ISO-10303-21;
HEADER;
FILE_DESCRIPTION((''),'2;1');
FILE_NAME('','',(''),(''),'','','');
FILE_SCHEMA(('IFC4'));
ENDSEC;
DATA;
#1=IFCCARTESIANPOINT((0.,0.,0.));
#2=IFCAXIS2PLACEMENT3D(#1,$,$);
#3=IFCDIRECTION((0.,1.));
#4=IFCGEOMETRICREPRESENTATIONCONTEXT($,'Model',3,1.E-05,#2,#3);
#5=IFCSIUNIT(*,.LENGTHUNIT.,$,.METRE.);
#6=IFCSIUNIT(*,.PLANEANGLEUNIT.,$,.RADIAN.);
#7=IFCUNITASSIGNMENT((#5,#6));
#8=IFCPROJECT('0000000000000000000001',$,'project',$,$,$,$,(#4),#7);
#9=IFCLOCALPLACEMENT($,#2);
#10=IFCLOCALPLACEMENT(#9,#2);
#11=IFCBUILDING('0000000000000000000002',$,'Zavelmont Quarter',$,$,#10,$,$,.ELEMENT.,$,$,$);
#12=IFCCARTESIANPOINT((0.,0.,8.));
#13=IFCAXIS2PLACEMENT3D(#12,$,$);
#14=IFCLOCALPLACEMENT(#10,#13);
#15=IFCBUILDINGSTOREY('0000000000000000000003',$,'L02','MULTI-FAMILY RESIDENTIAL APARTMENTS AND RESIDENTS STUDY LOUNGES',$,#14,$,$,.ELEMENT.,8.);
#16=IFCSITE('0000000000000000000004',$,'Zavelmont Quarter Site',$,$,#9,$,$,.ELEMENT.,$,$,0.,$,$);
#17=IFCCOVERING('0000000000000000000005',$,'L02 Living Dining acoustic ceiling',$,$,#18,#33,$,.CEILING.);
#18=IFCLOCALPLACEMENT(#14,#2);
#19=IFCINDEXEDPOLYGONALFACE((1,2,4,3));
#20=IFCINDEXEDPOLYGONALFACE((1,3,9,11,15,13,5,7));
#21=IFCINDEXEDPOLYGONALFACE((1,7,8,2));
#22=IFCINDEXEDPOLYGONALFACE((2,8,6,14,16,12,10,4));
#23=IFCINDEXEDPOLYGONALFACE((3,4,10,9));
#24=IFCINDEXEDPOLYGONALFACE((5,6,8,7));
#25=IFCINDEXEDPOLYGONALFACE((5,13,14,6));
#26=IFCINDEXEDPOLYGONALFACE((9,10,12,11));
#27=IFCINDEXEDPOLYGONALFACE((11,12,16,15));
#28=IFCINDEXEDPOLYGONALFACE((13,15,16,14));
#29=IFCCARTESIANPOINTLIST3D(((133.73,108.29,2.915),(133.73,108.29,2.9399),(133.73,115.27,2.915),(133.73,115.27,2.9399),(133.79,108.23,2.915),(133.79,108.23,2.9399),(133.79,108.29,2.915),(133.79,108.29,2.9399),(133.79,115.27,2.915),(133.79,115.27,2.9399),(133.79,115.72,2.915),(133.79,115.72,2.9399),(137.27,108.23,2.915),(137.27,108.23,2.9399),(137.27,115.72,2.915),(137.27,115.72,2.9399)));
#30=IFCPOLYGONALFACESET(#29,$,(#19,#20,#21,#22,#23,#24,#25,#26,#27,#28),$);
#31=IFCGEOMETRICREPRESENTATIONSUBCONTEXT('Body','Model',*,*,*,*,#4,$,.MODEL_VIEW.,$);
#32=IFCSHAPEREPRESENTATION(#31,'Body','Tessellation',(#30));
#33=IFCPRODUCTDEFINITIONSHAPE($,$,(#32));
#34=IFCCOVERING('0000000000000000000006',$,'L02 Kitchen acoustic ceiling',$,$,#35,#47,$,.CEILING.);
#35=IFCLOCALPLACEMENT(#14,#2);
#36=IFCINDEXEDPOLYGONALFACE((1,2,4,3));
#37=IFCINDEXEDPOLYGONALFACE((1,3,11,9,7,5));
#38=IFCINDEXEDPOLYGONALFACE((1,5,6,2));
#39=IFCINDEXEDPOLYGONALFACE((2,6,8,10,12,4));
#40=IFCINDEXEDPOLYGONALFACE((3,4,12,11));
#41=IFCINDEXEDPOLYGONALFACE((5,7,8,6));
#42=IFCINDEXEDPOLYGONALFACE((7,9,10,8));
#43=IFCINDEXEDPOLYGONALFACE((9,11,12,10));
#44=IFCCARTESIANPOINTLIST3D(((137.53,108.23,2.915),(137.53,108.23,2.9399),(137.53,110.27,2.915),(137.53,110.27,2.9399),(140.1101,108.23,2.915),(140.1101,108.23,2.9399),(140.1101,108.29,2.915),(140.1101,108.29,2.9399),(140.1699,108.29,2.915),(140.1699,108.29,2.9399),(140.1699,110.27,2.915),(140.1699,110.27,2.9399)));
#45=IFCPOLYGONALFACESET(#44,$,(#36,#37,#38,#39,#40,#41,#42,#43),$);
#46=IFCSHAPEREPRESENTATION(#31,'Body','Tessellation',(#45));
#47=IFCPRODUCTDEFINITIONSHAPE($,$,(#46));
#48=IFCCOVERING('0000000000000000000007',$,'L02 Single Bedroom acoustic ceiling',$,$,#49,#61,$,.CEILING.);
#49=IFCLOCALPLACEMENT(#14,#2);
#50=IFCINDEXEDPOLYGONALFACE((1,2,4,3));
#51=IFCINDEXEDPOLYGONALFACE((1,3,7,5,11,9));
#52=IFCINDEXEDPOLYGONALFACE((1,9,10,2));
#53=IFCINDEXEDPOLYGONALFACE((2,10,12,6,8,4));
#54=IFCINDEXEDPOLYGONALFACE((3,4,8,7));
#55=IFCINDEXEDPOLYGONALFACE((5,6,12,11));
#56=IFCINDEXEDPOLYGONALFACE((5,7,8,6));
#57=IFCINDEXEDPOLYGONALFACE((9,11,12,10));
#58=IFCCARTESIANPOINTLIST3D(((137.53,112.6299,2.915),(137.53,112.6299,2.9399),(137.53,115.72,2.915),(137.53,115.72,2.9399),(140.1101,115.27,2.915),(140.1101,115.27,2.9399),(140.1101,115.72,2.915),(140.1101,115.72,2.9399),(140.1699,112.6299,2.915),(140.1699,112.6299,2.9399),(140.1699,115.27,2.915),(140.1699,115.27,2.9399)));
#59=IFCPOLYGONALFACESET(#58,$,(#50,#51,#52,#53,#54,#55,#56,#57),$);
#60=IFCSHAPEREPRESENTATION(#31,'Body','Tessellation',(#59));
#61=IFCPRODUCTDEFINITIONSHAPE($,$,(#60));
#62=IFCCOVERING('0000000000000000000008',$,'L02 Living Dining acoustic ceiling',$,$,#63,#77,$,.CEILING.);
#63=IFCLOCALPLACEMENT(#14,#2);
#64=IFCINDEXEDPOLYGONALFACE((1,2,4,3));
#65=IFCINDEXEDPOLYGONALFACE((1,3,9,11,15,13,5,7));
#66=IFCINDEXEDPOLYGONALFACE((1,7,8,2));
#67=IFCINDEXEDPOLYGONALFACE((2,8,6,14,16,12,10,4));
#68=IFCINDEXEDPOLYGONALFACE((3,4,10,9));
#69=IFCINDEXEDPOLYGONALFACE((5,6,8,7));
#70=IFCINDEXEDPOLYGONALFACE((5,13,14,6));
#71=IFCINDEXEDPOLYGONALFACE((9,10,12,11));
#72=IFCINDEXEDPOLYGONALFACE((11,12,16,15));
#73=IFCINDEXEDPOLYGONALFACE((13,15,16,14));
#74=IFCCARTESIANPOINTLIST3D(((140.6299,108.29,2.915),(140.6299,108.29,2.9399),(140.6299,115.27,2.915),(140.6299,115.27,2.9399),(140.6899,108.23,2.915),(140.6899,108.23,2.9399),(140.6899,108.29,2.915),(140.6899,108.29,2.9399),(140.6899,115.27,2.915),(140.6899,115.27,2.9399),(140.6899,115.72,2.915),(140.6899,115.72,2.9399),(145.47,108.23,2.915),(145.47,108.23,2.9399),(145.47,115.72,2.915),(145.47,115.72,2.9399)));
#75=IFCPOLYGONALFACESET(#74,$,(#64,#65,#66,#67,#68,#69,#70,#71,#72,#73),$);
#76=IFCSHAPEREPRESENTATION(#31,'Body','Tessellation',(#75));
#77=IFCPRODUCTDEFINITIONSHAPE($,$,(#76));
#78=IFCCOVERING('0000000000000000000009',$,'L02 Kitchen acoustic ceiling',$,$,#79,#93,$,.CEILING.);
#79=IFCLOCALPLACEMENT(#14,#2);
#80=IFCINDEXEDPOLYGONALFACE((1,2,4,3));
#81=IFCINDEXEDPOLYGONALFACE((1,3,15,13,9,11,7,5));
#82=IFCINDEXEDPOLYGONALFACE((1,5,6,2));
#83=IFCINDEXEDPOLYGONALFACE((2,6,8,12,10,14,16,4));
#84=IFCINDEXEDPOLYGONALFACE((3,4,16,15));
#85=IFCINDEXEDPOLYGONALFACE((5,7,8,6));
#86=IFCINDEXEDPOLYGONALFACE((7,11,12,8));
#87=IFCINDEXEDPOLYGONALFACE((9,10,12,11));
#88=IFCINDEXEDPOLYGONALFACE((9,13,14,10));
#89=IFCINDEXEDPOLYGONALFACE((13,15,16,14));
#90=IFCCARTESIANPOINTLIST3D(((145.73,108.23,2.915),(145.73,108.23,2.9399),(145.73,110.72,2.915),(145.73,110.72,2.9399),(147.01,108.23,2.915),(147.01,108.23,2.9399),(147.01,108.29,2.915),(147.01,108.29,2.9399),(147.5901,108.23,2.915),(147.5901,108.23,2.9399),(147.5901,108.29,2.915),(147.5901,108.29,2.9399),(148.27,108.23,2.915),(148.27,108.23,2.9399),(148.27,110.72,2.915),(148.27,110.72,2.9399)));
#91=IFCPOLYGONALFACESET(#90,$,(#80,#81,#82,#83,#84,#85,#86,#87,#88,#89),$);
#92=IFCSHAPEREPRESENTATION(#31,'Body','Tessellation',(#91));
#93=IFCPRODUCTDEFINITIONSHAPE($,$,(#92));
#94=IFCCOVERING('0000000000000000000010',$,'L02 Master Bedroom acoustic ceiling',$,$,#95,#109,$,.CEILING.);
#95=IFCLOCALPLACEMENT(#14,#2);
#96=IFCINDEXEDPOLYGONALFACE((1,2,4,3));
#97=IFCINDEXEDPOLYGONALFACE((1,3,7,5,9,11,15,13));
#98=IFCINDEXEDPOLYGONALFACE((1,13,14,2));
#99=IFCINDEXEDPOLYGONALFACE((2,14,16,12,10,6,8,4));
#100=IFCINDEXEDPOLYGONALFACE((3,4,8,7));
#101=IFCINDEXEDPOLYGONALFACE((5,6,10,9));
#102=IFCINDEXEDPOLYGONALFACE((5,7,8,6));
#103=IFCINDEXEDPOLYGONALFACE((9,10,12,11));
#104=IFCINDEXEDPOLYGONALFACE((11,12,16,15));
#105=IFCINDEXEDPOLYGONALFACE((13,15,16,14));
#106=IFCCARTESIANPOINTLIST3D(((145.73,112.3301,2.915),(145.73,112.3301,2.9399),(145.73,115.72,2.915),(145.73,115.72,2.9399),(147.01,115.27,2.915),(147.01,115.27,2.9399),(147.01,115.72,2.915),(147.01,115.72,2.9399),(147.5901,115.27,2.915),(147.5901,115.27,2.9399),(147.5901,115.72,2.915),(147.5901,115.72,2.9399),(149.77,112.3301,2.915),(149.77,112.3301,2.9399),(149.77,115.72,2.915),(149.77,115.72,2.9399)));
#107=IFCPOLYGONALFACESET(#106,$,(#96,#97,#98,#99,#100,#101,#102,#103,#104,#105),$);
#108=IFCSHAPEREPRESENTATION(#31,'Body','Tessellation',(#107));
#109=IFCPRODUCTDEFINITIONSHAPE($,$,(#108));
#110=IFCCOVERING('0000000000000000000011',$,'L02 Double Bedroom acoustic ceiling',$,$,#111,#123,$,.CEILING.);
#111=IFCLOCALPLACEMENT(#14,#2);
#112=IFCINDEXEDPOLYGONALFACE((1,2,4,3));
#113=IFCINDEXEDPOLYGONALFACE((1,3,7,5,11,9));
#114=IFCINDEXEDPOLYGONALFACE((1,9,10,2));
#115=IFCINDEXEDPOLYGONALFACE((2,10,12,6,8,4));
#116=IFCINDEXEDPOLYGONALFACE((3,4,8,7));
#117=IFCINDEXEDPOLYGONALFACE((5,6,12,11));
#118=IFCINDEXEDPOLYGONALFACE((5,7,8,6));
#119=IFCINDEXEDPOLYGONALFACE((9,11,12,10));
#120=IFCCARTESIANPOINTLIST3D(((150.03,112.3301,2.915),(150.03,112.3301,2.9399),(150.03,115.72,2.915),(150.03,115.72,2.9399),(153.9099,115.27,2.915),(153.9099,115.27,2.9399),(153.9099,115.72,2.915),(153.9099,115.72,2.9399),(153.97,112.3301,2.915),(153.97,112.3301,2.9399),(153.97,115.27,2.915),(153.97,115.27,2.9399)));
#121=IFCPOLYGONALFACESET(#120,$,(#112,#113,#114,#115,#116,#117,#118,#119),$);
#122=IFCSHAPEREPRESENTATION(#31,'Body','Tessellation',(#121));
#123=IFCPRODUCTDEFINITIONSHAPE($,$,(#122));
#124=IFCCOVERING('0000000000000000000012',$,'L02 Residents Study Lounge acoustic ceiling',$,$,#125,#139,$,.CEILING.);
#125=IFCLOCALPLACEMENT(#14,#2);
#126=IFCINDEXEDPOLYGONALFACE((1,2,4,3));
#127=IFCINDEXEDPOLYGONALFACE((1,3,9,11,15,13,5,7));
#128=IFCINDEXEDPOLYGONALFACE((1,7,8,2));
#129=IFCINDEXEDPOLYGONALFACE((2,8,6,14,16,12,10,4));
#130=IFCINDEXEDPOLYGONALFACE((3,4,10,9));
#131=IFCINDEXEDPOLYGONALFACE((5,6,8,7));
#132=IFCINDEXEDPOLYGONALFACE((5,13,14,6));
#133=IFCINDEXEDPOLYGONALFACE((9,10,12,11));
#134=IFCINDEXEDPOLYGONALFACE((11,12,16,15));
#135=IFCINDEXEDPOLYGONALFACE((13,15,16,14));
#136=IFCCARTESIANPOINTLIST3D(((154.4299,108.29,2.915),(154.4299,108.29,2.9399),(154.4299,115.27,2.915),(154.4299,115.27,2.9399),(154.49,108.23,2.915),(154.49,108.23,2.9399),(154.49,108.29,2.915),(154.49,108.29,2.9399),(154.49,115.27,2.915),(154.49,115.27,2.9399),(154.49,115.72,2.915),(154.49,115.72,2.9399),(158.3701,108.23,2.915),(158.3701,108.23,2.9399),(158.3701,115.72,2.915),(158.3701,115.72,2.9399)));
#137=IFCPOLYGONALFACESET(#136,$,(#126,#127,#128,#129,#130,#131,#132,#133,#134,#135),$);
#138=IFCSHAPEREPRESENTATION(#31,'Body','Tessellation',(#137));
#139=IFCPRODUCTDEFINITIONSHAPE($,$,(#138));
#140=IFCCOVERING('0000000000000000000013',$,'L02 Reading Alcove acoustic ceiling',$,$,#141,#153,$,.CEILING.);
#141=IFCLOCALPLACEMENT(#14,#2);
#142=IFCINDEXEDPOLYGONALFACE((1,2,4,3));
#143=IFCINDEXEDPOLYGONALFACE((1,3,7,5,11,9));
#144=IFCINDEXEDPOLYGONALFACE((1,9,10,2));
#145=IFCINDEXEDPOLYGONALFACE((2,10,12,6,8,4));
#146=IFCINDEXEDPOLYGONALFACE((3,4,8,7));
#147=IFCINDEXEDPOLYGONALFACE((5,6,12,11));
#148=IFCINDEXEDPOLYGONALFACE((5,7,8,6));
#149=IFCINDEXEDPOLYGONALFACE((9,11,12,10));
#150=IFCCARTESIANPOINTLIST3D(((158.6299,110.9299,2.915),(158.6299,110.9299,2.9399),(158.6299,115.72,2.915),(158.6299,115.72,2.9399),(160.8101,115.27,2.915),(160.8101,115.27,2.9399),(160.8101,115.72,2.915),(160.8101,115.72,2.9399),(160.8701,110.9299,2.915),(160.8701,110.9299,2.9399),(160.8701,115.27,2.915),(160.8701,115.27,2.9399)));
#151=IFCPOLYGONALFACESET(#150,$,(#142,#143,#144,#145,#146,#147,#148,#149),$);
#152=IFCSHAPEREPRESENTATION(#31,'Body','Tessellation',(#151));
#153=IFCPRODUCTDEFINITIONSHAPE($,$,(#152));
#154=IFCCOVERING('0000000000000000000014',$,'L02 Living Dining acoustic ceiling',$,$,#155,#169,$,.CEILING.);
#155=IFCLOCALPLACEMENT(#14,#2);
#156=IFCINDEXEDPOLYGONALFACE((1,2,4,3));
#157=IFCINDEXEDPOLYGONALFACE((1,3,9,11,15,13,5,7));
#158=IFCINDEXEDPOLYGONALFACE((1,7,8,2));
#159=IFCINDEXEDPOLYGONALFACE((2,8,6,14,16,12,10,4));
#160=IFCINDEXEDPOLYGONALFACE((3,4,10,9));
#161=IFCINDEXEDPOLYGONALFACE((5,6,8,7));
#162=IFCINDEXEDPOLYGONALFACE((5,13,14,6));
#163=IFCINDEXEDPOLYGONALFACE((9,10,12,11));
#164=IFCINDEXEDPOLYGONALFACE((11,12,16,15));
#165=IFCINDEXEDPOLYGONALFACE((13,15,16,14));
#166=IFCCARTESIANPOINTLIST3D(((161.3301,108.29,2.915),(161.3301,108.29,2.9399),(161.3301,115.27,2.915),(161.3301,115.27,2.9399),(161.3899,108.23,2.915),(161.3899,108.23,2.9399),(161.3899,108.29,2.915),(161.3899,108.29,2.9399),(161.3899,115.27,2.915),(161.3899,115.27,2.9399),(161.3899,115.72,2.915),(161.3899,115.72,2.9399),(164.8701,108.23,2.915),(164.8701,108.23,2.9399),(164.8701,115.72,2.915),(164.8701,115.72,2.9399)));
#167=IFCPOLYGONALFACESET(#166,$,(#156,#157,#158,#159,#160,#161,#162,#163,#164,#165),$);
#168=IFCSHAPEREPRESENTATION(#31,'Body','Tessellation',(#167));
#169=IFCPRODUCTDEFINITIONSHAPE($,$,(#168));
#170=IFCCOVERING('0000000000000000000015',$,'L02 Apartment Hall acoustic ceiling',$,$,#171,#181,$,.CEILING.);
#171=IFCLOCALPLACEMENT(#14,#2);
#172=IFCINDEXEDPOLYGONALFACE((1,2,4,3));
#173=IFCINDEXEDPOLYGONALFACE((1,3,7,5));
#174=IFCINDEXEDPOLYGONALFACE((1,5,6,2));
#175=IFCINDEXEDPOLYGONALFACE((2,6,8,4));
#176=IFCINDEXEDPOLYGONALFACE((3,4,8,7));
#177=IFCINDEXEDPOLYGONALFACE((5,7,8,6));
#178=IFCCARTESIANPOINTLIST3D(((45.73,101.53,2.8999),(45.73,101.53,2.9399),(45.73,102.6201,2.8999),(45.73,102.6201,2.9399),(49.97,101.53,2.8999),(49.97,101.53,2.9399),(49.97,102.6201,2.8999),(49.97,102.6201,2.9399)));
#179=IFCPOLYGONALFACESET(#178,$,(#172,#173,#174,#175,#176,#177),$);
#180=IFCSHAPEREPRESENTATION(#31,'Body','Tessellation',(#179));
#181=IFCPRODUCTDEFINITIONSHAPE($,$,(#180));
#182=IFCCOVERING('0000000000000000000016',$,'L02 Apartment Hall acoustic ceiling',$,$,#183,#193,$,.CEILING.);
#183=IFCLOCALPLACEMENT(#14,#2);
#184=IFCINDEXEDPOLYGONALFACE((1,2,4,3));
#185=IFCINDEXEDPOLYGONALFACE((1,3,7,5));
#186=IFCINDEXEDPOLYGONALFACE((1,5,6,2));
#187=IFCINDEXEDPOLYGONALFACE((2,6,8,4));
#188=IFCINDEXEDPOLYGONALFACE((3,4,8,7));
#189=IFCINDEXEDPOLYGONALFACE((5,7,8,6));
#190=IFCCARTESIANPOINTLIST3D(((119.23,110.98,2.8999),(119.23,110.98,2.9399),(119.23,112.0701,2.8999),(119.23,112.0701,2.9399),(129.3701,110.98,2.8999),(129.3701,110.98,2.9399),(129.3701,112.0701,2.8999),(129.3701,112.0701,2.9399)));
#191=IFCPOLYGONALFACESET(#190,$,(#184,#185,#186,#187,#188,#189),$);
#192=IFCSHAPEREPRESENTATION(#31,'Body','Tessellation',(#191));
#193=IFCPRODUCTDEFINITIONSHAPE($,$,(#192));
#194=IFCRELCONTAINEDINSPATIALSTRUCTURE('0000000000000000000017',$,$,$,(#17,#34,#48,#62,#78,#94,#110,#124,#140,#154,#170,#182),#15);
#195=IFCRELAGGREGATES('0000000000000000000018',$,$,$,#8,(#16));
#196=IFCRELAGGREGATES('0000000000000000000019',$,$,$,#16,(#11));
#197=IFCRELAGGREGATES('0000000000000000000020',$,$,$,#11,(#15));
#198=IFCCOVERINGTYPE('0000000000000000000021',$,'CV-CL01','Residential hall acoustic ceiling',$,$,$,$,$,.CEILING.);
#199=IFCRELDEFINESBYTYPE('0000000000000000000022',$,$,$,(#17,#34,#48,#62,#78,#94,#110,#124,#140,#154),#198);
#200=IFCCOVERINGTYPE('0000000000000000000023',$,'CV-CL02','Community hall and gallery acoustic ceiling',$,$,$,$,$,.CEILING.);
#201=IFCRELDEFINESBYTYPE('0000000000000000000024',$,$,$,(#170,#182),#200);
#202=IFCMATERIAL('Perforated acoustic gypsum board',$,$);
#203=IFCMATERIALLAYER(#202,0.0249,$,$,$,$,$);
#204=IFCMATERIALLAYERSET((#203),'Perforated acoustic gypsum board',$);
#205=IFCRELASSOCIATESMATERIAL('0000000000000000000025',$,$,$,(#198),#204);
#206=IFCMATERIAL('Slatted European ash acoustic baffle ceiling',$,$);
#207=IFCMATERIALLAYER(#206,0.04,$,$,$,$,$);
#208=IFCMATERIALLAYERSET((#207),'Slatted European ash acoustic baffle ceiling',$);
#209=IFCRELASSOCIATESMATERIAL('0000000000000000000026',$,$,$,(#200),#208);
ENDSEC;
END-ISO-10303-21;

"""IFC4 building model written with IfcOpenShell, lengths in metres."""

from ifc_helpers import new_model, si_unit, direction, frame, origin, place, context, subcontext, project, spatial, polyline, outline, extrude, material, layer, layer_set, type_object, element, save


model = new_model("IFC4")

# Units and contexts
model_context = context("Model", 3, precision=1e-05, world=origin(), true_north=direction((0.0, 1.0)))
body_context = subcontext(model_context, "Body", "Model", "MODEL_VIEW")
ifc_project = project(units=[si_unit("LENGTHUNIT", "METRE"), si_unit("PLANEANGLEUNIT", "RADIAN")], contexts=[model_context])

# Site, building, storey
site_placement = place(None, origin())
site = spatial("IfcSite", under=ifc_project, at=site_placement, Name="Zavelmont Quarter Site", CompositionType="ELEMENT", RefElevation=0.0)
building_placement = place(site_placement, origin())
building = spatial("IfcBuilding", under=site, at=building_placement, Name="Zavelmont Quarter", CompositionType="ELEMENT")
storey_placement = place(building_placement, frame((0.0, 0.0, 8.0)))
storey = spatial("IfcBuildingStorey", under=building, at=storey_placement, Name="L02", Description="MULTI-FAMILY RESIDENTIAL APARTMENTS AND RESIDENTS STUDY LOUNGES", CompositionType="ELEMENT", Elevation=8.0)

# Coverings
ifc_material_1 = material(Name="Perforated acoustic gypsum board")
ifc_layer_1 = layer(ifc_material_1, 0.0249)
ifc_layer_set_1 = layer_set([ifc_layer_1], Name="Perforated acoustic gypsum board")
covering_type_1 = type_object("IfcCoveringType", Name="CV-CL01", Description="Residential hall acoustic ceiling", PredefinedType="CEILING", material=ifc_layer_set_1)
covering_1_placement = place(storey_placement, frame((0.0, 0.0, 2.915)))
element("IfcCovering", 1, at=covering_1_placement, inside=storey, type_object=covering_type_1, Name="L02 Living Dining acoustic ceiling", PredefinedType="CEILING", context=body_context, shape_type="SweptSolid", body=[
    extrude(outline(polyline([(133.73, 115.27), (133.79, 115.27), (133.79, 115.72), (137.27, 115.72), (137.27, 108.23), (133.79, 108.23), (133.79, 108.29), (133.73, 108.29), (133.73, 115.27)])), origin(), (0.0, 0.0, 1.0), 0.0249),
])
covering_2_placement = place(storey_placement, frame((0.0, 0.0, 2.915)))
element("IfcCovering", 2, at=covering_2_placement, inside=storey, type_object=covering_type_1, Name="L02 Kitchen acoustic ceiling", PredefinedType="CEILING", context=body_context, shape_type="SweptSolid", body=[
    extrude(outline(polyline([(137.53, 110.27), (140.1699, 110.27), (140.1699, 108.29), (140.1101, 108.29), (140.1101, 108.23), (137.53, 108.23), (137.53, 110.27)])), origin(), (0.0, 0.0, 1.0), 0.0249),
])
covering_3_placement = place(storey_placement, frame((0.0, 0.0, 2.915)))
element("IfcCovering", 3, at=covering_3_placement, inside=storey, type_object=covering_type_1, Name="L02 Single Bedroom acoustic ceiling", PredefinedType="CEILING", context=body_context, shape_type="SweptSolid", body=[
    extrude(outline(polyline([(137.53, 115.72), (140.1101, 115.72), (140.1101, 115.27), (140.1699, 115.27), (140.1699, 112.6299), (137.53, 112.6299), (137.53, 115.72)])), origin(), (0.0, 0.0, 1.0), 0.0249),
])
covering_4_placement = place(storey_placement, frame((0.0, 0.0, 2.915)))
element("IfcCovering", 4, at=covering_4_placement, inside=storey, type_object=covering_type_1, Name="L02 Living Dining acoustic ceiling", PredefinedType="CEILING", context=body_context, shape_type="SweptSolid", body=[
    extrude(outline(polyline([(140.6299, 115.27), (140.6899, 115.27), (140.6899, 115.72), (145.47, 115.72), (145.47, 108.23), (140.6899, 108.23), (140.6899, 108.29), (140.6299, 108.29), (140.6299, 115.27)])), origin(), (0.0, 0.0, 1.0), 0.0249),
])
covering_5_placement = place(storey_placement, frame((0.0, 0.0, 2.915)))
element("IfcCovering", 5, at=covering_5_placement, inside=storey, type_object=covering_type_1, Name="L02 Kitchen acoustic ceiling", PredefinedType="CEILING", context=body_context, shape_type="SweptSolid", body=[
    extrude(outline(polyline([(145.73, 110.72), (148.27, 110.72), (148.27, 108.23), (147.5901, 108.23), (147.5901, 108.29), (147.01, 108.29), (147.01, 108.23), (145.73, 108.23), (145.73, 110.72)])), origin(), (0.0, 0.0, 1.0), 0.0249),
])
covering_6_placement = place(storey_placement, frame((0.0, 0.0, 2.915)))
element("IfcCovering", 6, at=covering_6_placement, inside=storey, type_object=covering_type_1, Name="L02 Master Bedroom acoustic ceiling", PredefinedType="CEILING", context=body_context, shape_type="SweptSolid", body=[
    extrude(outline(polyline([(145.73, 115.72), (147.01, 115.72), (147.01, 115.27), (147.5901, 115.27), (147.5901, 115.72), (149.77, 115.72), (149.77, 112.3301), (145.73, 112.3301), (145.73, 115.72)])), origin(), (0.0, 0.0, 1.0), 0.0249),
])
covering_7_placement = place(storey_placement, frame((0.0, 0.0, 2.915)))
element("IfcCovering", 7, at=covering_7_placement, inside=storey, type_object=covering_type_1, Name="L02 Double Bedroom acoustic ceiling", PredefinedType="CEILING", context=body_context, shape_type="SweptSolid", body=[
    extrude(outline(polyline([(150.03, 115.72), (153.9099, 115.72), (153.9099, 115.27), (153.97, 115.27), (153.97, 112.3301), (150.03, 112.3301), (150.03, 115.72)])), origin(), (0.0, 0.0, 1.0), 0.0249),
])
covering_8_placement = place(storey_placement, frame((0.0, 0.0, 2.915)))
element("IfcCovering", 8, at=covering_8_placement, inside=storey, type_object=covering_type_1, Name="L02 Residents Study Lounge acoustic ceiling", PredefinedType="CEILING", context=body_context, shape_type="SweptSolid", body=[
    extrude(outline(polyline([(154.4299, 115.27), (154.49, 115.27), (154.49, 115.72), (158.3701, 115.72), (158.3701, 108.23), (154.49, 108.23), (154.49, 108.29), (154.4299, 108.29), (154.4299, 115.27)])), origin(), (0.0, 0.0, 1.0), 0.0249),
])
covering_9_placement = place(storey_placement, frame((0.0, 0.0, 2.915)))
element("IfcCovering", 9, at=covering_9_placement, inside=storey, type_object=covering_type_1, Name="L02 Reading Alcove acoustic ceiling", PredefinedType="CEILING", context=body_context, shape_type="SweptSolid", body=[
    extrude(outline(polyline([(158.6299, 115.72), (160.8101, 115.72), (160.8101, 115.27), (160.8701, 115.27), (160.8701, 110.9299), (158.6299, 110.9299), (158.6299, 115.72)])), origin(), (0.0, 0.0, 1.0), 0.0249),
])
covering_10_placement = place(storey_placement, frame((0.0, 0.0, 2.915)))
element("IfcCovering", 10, at=covering_10_placement, inside=storey, type_object=covering_type_1, Name="L02 Living Dining acoustic ceiling", PredefinedType="CEILING", context=body_context, shape_type="SweptSolid", body=[
    extrude(outline(polyline([(161.3301, 115.27), (161.3899, 115.27), (161.3899, 115.72), (164.8701, 115.72), (164.8701, 108.23), (161.3899, 108.23), (161.3899, 108.29), (161.3301, 108.29), (161.3301, 115.27)])), origin(), (0.0, 0.0, 1.0), 0.0249),
])
ifc_material_2 = material(Name="Slatted European ash acoustic baffle ceiling")
ifc_layer_2 = layer(ifc_material_2, 0.04)
ifc_layer_set_2 = layer_set([ifc_layer_2], Name="Slatted European ash acoustic baffle ceiling")
covering_type_2 = type_object("IfcCoveringType", Name="CV-CL02", Description="Community hall and gallery acoustic ceiling", PredefinedType="CEILING", material=ifc_layer_set_2)
covering_11_placement = place(storey_placement, frame((0.0, 0.0, 2.8999)))
element("IfcCovering", 11, at=covering_11_placement, inside=storey, type_object=covering_type_2, Name="L02 Apartment Hall acoustic ceiling", PredefinedType="CEILING", context=body_context, shape_type="SweptSolid", body=[
    extrude(outline(polyline([(45.73, 102.6201), (49.97, 102.6201), (49.97, 101.53), (45.73, 101.53), (45.73, 102.6201)])), origin(), (0.0, 0.0, 1.0), 0.04),
])
covering_12_placement = place(storey_placement, frame((0.0, 0.0, 2.8999)))
element("IfcCovering", 12, at=covering_12_placement, inside=storey, type_object=covering_type_2, Name="L02 Apartment Hall acoustic ceiling", PredefinedType="CEILING", context=body_context, shape_type="SweptSolid", body=[
    extrude(outline(polyline([(119.23, 112.0701), (129.3701, 112.0701), (129.3701, 110.98), (119.23, 110.98), (119.23, 112.0701)])), origin(), (0.0, 0.0, 1.0), 0.04),
])

save(model, "model.ifc")
